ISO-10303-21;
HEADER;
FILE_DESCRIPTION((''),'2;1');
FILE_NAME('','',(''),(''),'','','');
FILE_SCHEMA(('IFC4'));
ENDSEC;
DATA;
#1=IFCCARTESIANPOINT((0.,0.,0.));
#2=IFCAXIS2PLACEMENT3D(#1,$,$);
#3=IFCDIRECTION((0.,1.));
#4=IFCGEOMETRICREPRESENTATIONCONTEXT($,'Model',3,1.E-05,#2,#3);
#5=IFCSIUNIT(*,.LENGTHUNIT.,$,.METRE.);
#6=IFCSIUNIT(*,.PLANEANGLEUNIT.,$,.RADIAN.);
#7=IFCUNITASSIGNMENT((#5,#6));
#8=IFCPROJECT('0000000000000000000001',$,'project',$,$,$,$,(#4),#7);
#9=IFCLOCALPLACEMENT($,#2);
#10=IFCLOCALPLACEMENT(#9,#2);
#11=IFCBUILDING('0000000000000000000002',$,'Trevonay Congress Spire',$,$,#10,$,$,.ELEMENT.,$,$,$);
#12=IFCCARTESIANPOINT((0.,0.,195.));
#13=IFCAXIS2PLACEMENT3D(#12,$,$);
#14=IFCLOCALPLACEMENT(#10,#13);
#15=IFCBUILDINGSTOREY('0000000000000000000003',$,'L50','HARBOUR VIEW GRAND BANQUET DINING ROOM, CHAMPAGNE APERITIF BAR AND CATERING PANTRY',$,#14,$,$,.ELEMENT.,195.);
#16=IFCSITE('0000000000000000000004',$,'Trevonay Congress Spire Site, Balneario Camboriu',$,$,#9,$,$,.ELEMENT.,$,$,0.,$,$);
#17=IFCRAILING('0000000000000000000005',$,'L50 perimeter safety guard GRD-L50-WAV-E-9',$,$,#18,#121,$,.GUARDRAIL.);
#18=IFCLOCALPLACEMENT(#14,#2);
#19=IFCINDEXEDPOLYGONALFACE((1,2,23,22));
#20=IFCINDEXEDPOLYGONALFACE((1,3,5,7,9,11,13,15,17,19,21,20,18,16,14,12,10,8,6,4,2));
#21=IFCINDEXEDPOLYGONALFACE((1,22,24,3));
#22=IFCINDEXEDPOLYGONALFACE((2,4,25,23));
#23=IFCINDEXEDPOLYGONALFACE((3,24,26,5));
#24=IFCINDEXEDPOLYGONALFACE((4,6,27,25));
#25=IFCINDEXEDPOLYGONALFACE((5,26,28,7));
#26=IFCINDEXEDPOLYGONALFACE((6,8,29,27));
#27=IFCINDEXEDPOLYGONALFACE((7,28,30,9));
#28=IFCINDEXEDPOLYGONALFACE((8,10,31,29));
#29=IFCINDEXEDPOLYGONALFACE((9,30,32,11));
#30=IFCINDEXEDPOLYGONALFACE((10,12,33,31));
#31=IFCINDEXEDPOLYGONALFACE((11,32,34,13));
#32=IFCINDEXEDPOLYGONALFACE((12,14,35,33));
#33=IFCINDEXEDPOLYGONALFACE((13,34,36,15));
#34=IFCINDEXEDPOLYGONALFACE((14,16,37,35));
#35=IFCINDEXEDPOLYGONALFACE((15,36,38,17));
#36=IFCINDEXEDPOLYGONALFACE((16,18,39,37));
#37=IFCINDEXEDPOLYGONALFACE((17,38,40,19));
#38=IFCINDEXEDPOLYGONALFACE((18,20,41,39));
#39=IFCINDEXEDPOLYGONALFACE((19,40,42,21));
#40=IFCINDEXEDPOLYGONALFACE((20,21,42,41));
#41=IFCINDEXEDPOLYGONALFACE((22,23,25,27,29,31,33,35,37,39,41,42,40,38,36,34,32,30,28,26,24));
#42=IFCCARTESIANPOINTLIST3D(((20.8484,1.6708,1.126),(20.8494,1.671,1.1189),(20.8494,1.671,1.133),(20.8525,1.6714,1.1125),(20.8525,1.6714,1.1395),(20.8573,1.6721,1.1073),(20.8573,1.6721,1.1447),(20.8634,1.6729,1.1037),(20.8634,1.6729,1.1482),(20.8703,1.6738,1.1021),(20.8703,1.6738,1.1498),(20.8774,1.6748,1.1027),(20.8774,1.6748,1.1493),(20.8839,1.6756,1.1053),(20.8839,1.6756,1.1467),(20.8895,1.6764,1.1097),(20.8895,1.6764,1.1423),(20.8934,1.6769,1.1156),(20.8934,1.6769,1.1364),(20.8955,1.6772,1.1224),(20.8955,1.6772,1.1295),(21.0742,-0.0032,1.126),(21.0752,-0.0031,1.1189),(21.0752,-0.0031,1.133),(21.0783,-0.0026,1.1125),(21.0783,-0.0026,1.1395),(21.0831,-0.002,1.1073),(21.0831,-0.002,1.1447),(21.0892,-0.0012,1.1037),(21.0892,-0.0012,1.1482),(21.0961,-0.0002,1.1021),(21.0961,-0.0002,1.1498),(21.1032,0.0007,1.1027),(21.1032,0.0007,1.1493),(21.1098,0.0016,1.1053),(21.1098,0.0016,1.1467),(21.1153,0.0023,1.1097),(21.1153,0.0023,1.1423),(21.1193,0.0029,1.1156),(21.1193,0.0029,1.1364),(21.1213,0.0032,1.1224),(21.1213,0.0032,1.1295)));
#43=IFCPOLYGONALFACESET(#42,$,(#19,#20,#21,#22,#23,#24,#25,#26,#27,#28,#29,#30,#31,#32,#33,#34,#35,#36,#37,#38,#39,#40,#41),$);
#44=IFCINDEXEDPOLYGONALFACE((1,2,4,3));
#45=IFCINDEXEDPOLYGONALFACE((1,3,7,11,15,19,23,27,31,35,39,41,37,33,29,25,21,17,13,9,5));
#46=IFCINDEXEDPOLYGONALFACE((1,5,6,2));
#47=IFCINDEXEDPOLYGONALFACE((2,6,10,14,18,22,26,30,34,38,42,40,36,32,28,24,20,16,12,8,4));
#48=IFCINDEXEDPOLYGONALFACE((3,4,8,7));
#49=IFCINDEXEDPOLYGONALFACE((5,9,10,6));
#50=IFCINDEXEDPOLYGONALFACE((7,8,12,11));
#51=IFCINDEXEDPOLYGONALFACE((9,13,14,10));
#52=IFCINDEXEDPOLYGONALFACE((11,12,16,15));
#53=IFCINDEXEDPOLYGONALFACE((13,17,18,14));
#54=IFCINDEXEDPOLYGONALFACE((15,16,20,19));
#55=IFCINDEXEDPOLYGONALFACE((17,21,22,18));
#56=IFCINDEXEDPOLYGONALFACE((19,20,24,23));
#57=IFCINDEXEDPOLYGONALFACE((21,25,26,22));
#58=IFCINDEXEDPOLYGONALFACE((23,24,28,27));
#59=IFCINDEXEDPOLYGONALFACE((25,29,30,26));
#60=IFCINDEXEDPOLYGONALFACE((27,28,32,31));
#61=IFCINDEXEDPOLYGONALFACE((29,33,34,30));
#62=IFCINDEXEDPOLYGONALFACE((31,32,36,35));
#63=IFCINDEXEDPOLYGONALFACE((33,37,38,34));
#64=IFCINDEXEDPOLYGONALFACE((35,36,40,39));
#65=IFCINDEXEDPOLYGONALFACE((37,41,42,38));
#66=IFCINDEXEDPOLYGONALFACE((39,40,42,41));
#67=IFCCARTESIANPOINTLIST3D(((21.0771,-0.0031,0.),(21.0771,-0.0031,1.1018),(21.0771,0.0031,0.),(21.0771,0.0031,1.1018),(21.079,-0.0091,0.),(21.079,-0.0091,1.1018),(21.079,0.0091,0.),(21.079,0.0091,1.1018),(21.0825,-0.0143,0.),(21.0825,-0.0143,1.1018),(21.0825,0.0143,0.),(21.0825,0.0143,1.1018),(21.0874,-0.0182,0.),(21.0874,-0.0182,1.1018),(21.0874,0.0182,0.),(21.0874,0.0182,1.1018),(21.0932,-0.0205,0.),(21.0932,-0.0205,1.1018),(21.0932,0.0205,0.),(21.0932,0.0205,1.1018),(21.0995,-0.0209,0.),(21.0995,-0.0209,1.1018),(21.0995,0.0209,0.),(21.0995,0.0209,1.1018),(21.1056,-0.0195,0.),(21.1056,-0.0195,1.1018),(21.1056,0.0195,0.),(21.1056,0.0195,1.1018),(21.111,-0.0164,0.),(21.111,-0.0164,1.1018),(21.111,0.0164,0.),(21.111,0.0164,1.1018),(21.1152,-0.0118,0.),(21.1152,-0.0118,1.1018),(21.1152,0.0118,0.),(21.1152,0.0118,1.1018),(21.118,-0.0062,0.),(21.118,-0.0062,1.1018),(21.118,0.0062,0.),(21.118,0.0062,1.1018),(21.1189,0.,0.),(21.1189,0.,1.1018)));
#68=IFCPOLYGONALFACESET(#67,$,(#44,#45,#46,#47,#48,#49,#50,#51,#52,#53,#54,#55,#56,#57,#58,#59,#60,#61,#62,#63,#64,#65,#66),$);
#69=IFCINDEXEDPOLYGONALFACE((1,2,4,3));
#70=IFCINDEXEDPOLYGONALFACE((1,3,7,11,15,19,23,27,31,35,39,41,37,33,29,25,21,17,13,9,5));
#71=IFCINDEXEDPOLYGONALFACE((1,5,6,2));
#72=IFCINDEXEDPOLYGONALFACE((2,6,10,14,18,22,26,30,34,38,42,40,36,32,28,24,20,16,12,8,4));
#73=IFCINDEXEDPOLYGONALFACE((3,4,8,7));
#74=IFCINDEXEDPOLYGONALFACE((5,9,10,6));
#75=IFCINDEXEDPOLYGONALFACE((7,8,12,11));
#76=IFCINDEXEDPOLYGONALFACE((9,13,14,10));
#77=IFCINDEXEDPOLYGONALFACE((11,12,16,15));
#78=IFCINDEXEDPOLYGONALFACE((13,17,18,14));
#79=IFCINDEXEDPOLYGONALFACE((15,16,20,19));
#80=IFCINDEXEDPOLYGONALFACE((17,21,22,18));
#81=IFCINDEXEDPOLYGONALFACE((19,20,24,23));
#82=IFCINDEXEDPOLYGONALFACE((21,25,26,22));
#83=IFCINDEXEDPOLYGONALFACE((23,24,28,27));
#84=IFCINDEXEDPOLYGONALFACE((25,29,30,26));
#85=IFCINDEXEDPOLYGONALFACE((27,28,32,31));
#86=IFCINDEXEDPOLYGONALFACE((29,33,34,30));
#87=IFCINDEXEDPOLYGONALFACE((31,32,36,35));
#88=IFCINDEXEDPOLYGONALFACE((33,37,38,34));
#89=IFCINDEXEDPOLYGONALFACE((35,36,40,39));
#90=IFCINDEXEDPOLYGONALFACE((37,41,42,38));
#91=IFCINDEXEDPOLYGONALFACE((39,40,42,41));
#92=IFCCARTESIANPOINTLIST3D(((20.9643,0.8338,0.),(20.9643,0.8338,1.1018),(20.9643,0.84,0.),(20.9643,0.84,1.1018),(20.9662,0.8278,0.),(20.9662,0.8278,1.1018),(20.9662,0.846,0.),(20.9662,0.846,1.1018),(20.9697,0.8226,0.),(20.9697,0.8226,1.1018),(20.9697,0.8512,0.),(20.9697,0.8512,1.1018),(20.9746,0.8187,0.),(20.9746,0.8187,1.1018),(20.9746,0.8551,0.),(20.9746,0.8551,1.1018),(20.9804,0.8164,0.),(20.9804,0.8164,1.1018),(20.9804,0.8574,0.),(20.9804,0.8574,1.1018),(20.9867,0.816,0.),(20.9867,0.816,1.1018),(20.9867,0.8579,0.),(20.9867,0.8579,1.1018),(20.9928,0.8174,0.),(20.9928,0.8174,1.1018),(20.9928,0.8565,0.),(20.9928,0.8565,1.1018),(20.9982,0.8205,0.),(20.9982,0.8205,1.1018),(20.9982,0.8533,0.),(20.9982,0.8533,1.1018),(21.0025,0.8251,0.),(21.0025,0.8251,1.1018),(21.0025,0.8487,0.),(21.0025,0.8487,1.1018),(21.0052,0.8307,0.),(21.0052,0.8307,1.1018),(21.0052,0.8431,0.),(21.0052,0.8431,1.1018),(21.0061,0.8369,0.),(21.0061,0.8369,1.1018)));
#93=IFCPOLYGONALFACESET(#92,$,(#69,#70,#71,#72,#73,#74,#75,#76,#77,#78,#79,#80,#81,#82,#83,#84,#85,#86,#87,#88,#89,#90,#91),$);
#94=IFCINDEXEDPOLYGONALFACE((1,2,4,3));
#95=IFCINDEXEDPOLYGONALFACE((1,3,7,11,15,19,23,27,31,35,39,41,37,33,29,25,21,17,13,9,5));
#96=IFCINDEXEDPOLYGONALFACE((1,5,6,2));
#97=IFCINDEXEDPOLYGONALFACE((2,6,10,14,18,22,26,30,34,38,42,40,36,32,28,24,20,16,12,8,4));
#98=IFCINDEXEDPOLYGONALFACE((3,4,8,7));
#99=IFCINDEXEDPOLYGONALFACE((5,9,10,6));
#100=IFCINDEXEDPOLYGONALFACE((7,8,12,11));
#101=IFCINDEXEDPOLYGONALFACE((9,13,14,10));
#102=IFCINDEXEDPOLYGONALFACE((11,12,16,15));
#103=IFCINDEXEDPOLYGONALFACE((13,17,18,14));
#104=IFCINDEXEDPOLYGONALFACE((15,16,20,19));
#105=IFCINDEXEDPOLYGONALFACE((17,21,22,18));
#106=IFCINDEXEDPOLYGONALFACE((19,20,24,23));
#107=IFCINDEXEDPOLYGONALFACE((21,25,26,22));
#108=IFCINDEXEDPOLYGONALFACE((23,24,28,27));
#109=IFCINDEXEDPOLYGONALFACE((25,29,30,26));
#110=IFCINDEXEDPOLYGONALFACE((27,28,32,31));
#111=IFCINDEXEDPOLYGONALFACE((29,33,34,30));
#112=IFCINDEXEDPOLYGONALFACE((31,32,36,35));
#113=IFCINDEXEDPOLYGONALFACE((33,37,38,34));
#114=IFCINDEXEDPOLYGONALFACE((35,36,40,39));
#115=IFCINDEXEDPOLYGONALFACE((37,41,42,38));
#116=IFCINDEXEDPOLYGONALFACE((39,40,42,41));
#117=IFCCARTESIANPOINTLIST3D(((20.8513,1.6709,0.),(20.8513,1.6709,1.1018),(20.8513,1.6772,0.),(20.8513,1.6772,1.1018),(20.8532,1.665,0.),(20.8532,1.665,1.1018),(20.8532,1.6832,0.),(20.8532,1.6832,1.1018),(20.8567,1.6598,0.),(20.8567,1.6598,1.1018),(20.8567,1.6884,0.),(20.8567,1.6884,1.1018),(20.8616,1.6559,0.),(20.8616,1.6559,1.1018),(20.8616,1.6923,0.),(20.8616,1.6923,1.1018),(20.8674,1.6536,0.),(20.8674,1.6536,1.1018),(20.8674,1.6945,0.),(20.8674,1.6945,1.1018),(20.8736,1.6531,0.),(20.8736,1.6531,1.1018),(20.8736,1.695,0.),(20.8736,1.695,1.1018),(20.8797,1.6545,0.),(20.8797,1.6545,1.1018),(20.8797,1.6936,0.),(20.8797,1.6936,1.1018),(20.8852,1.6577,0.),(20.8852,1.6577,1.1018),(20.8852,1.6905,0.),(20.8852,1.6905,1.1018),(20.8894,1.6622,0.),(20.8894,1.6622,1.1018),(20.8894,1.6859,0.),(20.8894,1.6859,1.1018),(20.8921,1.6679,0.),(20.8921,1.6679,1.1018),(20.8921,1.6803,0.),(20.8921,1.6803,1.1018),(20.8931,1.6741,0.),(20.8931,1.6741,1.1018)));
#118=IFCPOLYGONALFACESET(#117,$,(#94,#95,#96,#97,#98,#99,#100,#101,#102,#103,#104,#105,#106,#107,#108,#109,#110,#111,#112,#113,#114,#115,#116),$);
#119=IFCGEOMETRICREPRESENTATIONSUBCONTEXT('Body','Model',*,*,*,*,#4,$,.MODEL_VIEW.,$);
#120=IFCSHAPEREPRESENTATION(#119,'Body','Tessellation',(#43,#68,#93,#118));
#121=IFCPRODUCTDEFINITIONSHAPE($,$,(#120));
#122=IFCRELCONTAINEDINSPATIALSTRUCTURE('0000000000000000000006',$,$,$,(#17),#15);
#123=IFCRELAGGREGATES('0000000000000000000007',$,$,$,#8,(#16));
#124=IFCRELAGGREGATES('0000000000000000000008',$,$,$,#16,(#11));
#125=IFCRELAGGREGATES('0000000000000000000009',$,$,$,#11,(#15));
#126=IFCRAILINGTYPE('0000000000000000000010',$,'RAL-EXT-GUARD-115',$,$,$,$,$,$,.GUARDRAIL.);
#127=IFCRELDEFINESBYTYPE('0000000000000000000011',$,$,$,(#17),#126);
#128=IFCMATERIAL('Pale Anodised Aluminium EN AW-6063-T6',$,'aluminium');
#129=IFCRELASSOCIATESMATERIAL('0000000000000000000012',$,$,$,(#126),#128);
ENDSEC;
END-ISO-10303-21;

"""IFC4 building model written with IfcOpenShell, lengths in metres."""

from ifc_helpers import new_model, si_unit, direction, frame, origin, origin_2d, place, context, subcontext, project, spatial, circle, extrude, material, type_object, element, save


model = new_model("IFC4")

# Units and contexts
model_context = context("Model", 3, precision=1e-05, world=origin(), true_north=direction((0.0, 1.0)))
body_context = subcontext(model_context, "Body", "Model", "MODEL_VIEW")
ifc_project = project(units=[si_unit("LENGTHUNIT", "METRE"), si_unit("PLANEANGLEUNIT", "RADIAN")], contexts=[model_context])

# Site, building, storey
site_placement = place(None, origin())
site = spatial("IfcSite", under=ifc_project, at=site_placement, Name="Trevonay Congress Spire Site, Balneario Camboriu", CompositionType="ELEMENT", RefElevation=0.0)
building_placement = place(site_placement, origin())
building = spatial("IfcBuilding", under=site, at=building_placement, Name="Trevonay Congress Spire", CompositionType="ELEMENT")
storey_placement = place(building_placement, frame((0.0, 0.0, 195.0)))
storey = spatial("IfcBuildingStorey", under=building, at=storey_placement, Name="L50", Description="HARBOUR VIEW GRAND BANQUET DINING ROOM, CHAMPAGNE APERITIF BAR AND CATERING PANTRY", CompositionType="ELEMENT", Elevation=195.0)

# Shared definitions
ifc_material_1 = material(Name="Pale Anodised Aluminium EN AW-6063-T6", Category="aluminium")

# Railing
railing_type = type_object("IfcRailingType", Name="RAL-EXT-GUARD-115", PredefinedType="GUARDRAIL", material=ifc_material_1)
railing_1_placement = place(storey_placement, frame((21.0979, 0.0, 0.0)))
element("IfcRailing", 1, at=railing_1_placement, inside=storey, type_object=railing_type, Name="L50 perimeter safety guard GRD-L50-WAV-E-9", PredefinedType="GUARDRAIL", context=body_context, shape_type="SweptSolid", body=[
    extrude(circle(Radius=0.0239, at=origin_2d()), frame((0.0, 0.0, 1.126), z_axis=(-0.133688, 0.991024, 0.0), x_axis=(-0.991024, -0.133688, 0.0)), (0.0, 0.0, 1.0), 1.6892),
    extrude(circle(Radius=0.021, at=origin_2d()), origin(), (0.0, 0.0, 1.0), 1.1018),
    extrude(circle(Radius=0.021, at=origin_2d()), frame((-0.1128, 0.8369, 0.0)), (0.0, 0.0, 1.0), 1.1018),
    extrude(circle(Radius=0.021, at=origin_2d()), frame((-0.2258, 1.6741, 0.0)), (0.0, 0.0, 1.0), 1.1018),
])

save(model, "model.ifc")
